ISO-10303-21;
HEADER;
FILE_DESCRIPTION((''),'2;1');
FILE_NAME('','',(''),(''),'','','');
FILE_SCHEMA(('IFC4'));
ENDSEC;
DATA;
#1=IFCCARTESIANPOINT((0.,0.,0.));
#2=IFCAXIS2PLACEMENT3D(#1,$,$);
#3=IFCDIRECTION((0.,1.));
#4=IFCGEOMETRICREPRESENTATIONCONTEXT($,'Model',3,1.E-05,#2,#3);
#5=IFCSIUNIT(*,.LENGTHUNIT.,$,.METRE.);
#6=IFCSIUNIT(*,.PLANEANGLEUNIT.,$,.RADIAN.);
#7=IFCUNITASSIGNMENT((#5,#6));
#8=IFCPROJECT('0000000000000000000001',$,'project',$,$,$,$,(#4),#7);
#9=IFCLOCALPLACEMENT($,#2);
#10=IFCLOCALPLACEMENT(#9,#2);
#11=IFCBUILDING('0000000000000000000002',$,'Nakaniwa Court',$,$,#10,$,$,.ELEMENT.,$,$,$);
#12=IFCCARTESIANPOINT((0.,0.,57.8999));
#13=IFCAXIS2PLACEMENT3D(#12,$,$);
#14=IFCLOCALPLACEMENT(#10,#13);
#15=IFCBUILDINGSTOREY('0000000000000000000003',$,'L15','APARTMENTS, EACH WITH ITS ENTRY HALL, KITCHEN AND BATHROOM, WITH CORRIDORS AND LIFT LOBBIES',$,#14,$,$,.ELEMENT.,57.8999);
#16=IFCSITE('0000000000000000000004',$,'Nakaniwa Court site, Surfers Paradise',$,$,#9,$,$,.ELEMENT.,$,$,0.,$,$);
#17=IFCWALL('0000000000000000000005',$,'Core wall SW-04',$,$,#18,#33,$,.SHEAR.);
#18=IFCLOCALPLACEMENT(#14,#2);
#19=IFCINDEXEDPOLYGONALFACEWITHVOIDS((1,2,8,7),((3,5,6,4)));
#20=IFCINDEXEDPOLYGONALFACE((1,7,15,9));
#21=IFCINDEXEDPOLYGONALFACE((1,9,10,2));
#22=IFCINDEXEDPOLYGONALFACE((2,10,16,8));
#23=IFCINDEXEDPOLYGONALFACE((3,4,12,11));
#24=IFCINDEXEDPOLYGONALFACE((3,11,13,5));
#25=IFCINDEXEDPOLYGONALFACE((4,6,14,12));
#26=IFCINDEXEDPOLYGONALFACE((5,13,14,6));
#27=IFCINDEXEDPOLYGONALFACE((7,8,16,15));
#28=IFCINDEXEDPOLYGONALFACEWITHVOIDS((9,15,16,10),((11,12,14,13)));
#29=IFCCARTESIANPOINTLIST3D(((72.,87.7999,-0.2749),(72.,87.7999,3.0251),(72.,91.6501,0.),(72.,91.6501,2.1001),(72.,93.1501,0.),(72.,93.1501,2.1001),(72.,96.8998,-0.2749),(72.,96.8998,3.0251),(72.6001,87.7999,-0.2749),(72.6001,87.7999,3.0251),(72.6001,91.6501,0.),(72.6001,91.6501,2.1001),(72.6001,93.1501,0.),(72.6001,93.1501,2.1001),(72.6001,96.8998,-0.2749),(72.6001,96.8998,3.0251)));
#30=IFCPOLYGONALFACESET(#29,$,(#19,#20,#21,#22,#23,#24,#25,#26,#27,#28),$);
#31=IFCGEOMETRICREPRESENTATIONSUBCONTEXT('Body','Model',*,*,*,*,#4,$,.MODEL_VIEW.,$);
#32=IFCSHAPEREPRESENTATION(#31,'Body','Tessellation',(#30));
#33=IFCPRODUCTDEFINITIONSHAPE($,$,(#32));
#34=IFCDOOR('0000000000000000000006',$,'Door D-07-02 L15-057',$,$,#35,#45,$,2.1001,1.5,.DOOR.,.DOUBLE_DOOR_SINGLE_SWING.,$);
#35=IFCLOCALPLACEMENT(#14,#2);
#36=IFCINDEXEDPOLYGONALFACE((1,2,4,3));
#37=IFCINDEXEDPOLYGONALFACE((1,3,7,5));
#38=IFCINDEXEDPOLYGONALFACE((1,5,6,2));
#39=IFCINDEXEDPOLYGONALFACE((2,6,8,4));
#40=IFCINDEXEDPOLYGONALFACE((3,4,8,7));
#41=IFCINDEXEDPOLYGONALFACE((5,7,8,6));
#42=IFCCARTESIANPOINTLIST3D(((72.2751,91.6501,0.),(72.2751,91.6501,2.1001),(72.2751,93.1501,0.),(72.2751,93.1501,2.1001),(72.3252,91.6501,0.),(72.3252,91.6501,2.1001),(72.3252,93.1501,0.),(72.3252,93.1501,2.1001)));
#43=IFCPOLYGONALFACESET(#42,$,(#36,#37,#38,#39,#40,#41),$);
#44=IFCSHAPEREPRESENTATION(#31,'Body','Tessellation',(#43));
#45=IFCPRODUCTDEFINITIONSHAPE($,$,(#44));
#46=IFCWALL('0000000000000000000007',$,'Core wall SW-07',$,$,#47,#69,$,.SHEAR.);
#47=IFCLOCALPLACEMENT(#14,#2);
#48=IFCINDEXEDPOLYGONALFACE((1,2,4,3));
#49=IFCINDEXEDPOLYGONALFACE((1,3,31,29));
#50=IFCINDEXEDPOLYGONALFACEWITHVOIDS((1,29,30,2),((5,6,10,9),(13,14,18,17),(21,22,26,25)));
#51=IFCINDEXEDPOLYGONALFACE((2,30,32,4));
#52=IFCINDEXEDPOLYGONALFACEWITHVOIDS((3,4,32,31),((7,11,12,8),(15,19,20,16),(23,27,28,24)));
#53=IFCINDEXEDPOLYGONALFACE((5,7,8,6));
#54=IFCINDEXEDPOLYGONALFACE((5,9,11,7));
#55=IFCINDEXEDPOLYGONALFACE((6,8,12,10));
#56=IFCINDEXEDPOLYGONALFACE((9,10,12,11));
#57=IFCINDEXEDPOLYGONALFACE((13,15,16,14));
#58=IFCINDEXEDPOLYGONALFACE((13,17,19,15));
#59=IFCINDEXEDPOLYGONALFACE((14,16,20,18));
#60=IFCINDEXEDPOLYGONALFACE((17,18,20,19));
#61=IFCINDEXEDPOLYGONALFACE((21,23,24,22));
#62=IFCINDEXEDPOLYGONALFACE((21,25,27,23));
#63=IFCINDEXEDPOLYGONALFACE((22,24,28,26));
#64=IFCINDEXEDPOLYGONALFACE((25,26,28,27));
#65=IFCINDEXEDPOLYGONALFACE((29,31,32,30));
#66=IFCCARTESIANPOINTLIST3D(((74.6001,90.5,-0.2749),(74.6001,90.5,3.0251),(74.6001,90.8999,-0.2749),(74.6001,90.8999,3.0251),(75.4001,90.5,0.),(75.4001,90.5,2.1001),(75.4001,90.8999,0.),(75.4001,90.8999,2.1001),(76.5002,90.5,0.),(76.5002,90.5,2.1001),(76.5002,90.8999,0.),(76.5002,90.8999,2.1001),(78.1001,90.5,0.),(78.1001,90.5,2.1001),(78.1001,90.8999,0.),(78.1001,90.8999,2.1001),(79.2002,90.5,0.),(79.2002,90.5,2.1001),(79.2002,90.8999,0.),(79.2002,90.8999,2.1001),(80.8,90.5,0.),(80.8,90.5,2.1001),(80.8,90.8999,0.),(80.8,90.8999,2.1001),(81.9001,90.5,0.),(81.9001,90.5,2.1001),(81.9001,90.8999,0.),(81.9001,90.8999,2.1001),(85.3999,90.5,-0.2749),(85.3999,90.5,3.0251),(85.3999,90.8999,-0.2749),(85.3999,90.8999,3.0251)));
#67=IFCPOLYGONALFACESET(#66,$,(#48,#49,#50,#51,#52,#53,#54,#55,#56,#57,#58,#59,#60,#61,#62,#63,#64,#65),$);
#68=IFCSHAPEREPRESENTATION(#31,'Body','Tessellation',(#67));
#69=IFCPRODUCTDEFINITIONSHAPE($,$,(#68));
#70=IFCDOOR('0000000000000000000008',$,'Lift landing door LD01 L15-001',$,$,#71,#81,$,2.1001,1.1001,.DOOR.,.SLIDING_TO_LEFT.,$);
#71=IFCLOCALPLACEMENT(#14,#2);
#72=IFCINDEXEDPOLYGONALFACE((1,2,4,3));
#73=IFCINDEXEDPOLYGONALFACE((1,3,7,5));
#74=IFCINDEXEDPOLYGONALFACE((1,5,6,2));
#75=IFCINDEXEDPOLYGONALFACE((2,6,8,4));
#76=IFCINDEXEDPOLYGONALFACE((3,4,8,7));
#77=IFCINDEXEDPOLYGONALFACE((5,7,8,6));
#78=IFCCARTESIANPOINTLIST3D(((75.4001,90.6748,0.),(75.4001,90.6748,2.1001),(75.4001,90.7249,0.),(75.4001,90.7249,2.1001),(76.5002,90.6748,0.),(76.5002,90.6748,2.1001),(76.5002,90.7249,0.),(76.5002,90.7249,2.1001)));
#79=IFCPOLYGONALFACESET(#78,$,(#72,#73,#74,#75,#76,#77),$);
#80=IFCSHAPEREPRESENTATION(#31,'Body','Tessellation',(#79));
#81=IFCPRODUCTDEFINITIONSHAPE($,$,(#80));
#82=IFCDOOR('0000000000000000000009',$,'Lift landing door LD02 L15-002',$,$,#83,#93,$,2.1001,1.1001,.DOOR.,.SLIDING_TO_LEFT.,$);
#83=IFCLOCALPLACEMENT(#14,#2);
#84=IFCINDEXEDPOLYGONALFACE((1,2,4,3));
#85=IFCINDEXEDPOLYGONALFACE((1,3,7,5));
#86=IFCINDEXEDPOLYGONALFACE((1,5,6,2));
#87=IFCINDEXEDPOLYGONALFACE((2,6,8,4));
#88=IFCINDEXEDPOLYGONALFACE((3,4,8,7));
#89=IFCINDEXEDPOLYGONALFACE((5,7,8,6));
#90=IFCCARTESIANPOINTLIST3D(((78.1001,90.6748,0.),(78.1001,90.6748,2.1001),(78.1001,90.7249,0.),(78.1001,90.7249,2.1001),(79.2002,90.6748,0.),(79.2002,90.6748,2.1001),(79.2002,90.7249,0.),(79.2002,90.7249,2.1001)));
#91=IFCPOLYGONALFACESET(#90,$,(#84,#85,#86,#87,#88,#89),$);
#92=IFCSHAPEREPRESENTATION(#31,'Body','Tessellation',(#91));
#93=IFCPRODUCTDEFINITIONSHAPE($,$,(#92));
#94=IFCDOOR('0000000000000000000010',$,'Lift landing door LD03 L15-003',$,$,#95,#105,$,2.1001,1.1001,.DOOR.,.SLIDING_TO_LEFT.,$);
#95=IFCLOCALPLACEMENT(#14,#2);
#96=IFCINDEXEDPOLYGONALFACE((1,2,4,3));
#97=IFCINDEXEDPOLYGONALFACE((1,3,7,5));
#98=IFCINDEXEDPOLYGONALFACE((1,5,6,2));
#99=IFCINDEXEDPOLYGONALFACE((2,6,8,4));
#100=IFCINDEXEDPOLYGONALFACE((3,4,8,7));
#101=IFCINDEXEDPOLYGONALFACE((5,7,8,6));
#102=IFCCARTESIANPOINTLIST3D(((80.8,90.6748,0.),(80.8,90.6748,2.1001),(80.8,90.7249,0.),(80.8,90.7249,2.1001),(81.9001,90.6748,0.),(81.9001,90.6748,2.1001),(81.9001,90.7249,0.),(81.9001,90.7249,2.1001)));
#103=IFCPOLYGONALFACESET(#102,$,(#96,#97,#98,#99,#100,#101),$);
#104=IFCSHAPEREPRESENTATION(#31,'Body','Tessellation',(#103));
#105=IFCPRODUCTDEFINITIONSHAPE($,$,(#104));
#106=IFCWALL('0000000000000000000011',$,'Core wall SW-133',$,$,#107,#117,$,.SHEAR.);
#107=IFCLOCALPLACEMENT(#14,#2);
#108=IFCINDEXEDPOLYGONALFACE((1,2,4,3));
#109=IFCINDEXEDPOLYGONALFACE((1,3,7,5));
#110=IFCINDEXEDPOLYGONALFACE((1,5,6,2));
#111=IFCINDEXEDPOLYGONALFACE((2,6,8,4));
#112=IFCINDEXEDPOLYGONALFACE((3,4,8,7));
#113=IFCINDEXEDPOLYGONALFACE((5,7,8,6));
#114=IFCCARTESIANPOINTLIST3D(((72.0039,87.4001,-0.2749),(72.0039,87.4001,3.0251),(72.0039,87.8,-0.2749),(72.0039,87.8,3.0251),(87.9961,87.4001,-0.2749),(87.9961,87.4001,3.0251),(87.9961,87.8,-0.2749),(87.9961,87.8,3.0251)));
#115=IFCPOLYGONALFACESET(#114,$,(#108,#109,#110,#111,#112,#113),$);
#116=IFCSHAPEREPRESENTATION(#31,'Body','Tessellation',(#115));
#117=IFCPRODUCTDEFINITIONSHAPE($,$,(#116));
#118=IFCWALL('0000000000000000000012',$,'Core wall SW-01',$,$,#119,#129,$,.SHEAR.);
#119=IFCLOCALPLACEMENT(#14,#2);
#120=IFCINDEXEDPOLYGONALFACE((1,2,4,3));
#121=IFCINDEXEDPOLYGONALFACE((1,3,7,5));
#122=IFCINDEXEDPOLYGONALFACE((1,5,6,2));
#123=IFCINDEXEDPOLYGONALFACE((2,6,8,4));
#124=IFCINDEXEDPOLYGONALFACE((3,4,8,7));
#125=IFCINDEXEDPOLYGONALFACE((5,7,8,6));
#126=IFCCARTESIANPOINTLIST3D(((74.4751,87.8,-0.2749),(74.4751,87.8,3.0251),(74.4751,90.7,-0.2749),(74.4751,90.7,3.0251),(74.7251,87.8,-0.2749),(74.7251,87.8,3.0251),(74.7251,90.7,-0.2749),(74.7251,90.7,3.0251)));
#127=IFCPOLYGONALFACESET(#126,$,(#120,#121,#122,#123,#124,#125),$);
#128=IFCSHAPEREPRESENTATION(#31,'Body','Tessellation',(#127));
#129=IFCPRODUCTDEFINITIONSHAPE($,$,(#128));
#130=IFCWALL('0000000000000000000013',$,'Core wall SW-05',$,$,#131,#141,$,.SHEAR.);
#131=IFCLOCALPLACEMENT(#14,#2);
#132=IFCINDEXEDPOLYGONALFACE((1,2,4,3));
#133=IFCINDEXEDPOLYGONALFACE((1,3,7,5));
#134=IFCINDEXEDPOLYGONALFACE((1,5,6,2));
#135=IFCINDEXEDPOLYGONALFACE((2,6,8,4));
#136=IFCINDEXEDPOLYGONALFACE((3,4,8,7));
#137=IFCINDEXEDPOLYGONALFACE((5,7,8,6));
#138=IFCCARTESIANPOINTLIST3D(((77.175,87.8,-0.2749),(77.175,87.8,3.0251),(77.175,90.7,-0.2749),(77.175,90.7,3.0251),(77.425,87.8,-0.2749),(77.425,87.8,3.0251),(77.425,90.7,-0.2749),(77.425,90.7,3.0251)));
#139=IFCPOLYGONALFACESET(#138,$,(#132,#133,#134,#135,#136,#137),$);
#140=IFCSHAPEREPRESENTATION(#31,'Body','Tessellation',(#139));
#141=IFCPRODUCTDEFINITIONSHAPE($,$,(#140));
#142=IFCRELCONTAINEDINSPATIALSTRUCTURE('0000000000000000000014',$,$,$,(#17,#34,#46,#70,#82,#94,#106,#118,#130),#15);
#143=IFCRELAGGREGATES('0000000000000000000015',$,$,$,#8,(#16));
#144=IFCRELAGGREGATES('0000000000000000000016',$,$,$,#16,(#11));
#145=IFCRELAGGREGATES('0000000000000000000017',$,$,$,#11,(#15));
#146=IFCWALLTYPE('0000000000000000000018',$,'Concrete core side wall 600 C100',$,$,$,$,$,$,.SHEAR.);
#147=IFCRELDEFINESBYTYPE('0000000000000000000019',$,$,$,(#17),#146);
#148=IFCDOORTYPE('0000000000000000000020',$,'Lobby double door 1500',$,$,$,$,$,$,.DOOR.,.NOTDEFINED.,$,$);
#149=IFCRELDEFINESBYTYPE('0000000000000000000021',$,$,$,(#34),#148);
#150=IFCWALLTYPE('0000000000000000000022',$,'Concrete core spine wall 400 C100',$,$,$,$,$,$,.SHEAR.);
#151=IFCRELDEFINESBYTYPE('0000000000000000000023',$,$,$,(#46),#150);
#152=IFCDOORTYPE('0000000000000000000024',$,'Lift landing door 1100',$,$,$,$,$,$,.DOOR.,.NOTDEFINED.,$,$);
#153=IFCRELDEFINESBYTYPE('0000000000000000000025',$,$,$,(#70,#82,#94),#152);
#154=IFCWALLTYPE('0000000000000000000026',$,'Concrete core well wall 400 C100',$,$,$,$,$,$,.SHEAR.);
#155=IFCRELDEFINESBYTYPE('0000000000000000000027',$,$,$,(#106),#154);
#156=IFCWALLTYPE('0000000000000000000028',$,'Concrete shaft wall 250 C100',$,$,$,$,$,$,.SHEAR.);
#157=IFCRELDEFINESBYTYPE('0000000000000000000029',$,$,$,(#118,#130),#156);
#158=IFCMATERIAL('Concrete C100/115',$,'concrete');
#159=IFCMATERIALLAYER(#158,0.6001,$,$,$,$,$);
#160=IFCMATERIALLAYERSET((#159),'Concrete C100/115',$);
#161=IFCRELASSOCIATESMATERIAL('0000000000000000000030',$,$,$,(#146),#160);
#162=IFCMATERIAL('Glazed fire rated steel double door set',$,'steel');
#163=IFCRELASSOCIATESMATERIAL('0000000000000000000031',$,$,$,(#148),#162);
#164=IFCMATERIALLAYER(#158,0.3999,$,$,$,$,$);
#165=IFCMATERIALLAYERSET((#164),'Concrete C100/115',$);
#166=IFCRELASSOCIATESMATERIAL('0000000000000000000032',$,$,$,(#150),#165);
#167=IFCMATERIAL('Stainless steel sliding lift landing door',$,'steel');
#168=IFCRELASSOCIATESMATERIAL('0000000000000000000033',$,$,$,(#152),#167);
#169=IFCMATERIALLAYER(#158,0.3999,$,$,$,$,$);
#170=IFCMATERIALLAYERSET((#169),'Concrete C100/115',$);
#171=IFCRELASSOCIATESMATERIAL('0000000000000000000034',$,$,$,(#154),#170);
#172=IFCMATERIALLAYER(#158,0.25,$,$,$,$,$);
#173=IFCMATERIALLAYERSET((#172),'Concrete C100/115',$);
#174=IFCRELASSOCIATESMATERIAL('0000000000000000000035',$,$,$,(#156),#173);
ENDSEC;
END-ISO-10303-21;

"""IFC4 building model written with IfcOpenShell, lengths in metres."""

from ifc_helpers import new_model, si_unit, direction, frame, frame_2d, origin, place, context, subcontext, project, spatial, rectangle, extrude, material, layer, layer_set, type_object, element, fill, save


model = new_model("IFC4")

# Units and contexts
model_context = context("Model", 3, precision=1e-05, world=origin(), true_north=direction((0.0, 1.0)))
body_context = subcontext(model_context, "Body", "Model", "MODEL_VIEW")
ifc_project = project(units=[si_unit("LENGTHUNIT", "METRE"), si_unit("PLANEANGLEUNIT", "RADIAN")], contexts=[model_context])

# Site, building, storey
site_placement = place(None, origin())
site = spatial("IfcSite", under=ifc_project, at=site_placement, Name="Nakaniwa Court site, Surfers Paradise", CompositionType="ELEMENT", RefElevation=0.0)
building_placement = place(site_placement, origin())
building = spatial("IfcBuilding", under=site, at=building_placement, Name="Nakaniwa Court", CompositionType="ELEMENT")
storey_placement = place(building_placement, frame((0.0, 0.0, 57.8999)))
storey = spatial("IfcBuildingStorey", under=building, at=storey_placement, Name="L15", Description="APARTMENTS, EACH WITH ITS ENTRY HALL, KITCHEN AND BATHROOM, WITH CORRIDORS AND LIFT LOBBIES", CompositionType="ELEMENT", Elevation=57.8999)

# Shared definitions
ifc_material_1 = material(Name="Concrete C100/115", Category="concrete")

# Wall, opening, door
ifc_layer_1 = layer(ifc_material_1, 0.6001)
ifc_layer_set_1 = layer_set([ifc_layer_1], Name="Concrete C100/115")
wall_type_1 = type_object("IfcWallType", Name="Concrete core side wall 600 C100", PredefinedType="SHEAR", material=ifc_layer_set_1)
wall_1_placement = place(storey_placement, frame((72.3, 87.8, -0.2749), z_axis=(0.0, 0.0, 1.0), x_axis=(0.0, 1.0, 0.0)))
wall_1 = element("IfcWall", 1, at=wall_1_placement, inside=storey, type_object=wall_type_1, Name="Core wall SW-04", PredefinedType="SHEAR", context=body_context, shape_type="SweptSolid", body=[
    extrude(rectangle(XDim=9.0999, YDim=0.6001, at=frame_2d((4.5498, 0.0))), origin(), (0.0, 0.0, 1.0), 3.3),
])
opening_1_placement = place(wall_1_placement, frame((3.8501, 0.0, 0.2749)))
opening_1 = element("IfcOpeningElement", 2, at=opening_1_placement, cuts=wall_1, PredefinedType="OPENING", context=body_context, shape_type="SweptSolid", body=[
    extrude(rectangle(XDim=1.5, YDim=2.1001, at=frame_2d((0.75, 1.05))), frame((0.0, 0.3101, 0.0), z_axis=(0.0, -1.0, 0.0), x_axis=(1.0, 0.0, 0.0)), (0.0, 0.0, 1.0), 0.6201),
])
ifc_material_2 = material(Name="Glazed fire rated steel double door set", Category="steel")
door_type_1 = type_object("IfcDoorType", Name="Lobby double door 1500", OperationType="NOTDEFINED", PredefinedType="DOOR", material=ifc_material_2)
door_1_placement = place(opening_1_placement, origin())
door_1 = element("IfcDoor", 3, at=door_1_placement, inside=storey, type_object=door_type_1, Name="Door D-07-02 L15-057", OperationType="DOUBLE_DOOR_SINGLE_SWING", OverallHeight=2.1001, OverallWidth=1.5, PredefinedType="DOOR", context=body_context, shape_type="SweptSolid", body=[
    extrude(rectangle(XDim=1.5, YDim=2.1001, at=frame_2d((0.75, 1.05))), frame((0.0, 0.0249, 0.0), z_axis=(0.0, -1.0, 0.0), x_axis=(1.0, 0.0, 0.0)), (0.0, 0.0, 1.0), 0.05),
])
fill(opening_1, door_1)

# Wall, openings, doors
ifc_layer_2 = layer(ifc_material_1, 0.3999)
ifc_layer_set_2 = layer_set([ifc_layer_2], Name="Concrete C100/115")
wall_type_2 = type_object("IfcWallType", Name="Concrete core spine wall 400 C100", PredefinedType="SHEAR", material=ifc_layer_set_2)
wall_2_placement = place(storey_placement, frame((74.6001, 90.7, -0.2749), z_axis=(0.0, 0.0, 1.0), x_axis=(1.0, 0.0, 0.0)))
wall_2 = element("IfcWall", 4, at=wall_2_placement, inside=storey, type_object=wall_type_2, Name="Core wall SW-07", PredefinedType="SHEAR", context=body_context, shape_type="SweptSolid", body=[
    extrude(rectangle(XDim=10.7998, YDim=0.3999, at=frame_2d((5.3999, 0.0))), origin(), (0.0, 0.0, 1.0), 3.3),
])
opening_2_placement = place(wall_2_placement, frame((0.8, 0.0, 0.2749)))
opening_2 = element("IfcOpeningElement", 5, at=opening_2_placement, cuts=wall_2, PredefinedType="OPENING", context=body_context, shape_type="SweptSolid", body=[
    extrude(rectangle(XDim=1.1001, YDim=2.1001, at=frame_2d((0.55, 1.05))), frame((0.0, 0.21, 0.0), z_axis=(0.0, -1.0, 0.0), x_axis=(1.0, 0.0, 0.0)), (0.0, 0.0, 1.0), 0.4199),
])
opening_3_placement = place(wall_2_placement, frame((3.5, 0.0, 0.2749)))
opening_3 = element("IfcOpeningElement", 6, at=opening_3_placement, cuts=wall_2, PredefinedType="OPENING", context=body_context, shape_type="SweptSolid", body=[
    extrude(rectangle(XDim=1.1001, YDim=2.1001, at=frame_2d((0.55, 1.05))), frame((0.0, 0.21, 0.0), z_axis=(0.0, -1.0, 0.0), x_axis=(1.0, 0.0, 0.0)), (0.0, 0.0, 1.0), 0.4199),
])
opening_4_placement = place(wall_2_placement, frame((6.2, 0.0, 0.2749)))
opening_4 = element("IfcOpeningElement", 7, at=opening_4_placement, cuts=wall_2, PredefinedType="OPENING", context=body_context, shape_type="SweptSolid", body=[
    extrude(rectangle(XDim=1.1001, YDim=2.1001, at=frame_2d((0.55, 1.05))), frame((0.0, 0.21, 0.0), z_axis=(0.0, -1.0, 0.0), x_axis=(1.0, 0.0, 0.0)), (0.0, 0.0, 1.0), 0.4199),
])
ifc_material_3 = material(Name="Stainless steel sliding lift landing door", Category="steel")
door_type_2 = type_object("IfcDoorType", Name="Lift landing door 1100", OperationType="NOTDEFINED", PredefinedType="DOOR", material=ifc_material_3)
door_2_placement = place(opening_2_placement, origin())
door_2 = element("IfcDoor", 8, at=door_2_placement, inside=storey, type_object=door_type_2, Name="Lift landing door LD01 L15-001", OperationType="SLIDING_TO_LEFT", OverallHeight=2.1001, OverallWidth=1.1001, PredefinedType="DOOR", context=body_context, shape_type="SweptSolid", body=[
    extrude(rectangle(XDim=1.1001, YDim=2.1001, at=frame_2d((0.55, 1.05))), frame((0.0, 0.0249, 0.0), z_axis=(0.0, -1.0, 0.0), x_axis=(1.0, 0.0, 0.0)), (0.0, 0.0, 1.0), 0.05),
])
fill(opening_2, door_2)
door_3_placement = place(opening_3_placement, origin())
door_3 = element("IfcDoor", 9, at=door_3_placement, inside=storey, type_object=door_type_2, Name="Lift landing door LD02 L15-002", OperationType="SLIDING_TO_LEFT", OverallHeight=2.1001, OverallWidth=1.1001, PredefinedType="DOOR", context=body_context, shape_type="SweptSolid", body=[
    extrude(rectangle(XDim=1.1001, YDim=2.1001, at=frame_2d((0.55, 1.05))), frame((0.0, 0.0249, 0.0), z_axis=(0.0, -1.0, 0.0), x_axis=(1.0, 0.0, 0.0)), (0.0, 0.0, 1.0), 0.05),
])
fill(opening_3, door_3)
door_4_placement = place(opening_4_placement, origin())
door_4 = element("IfcDoor", 10, at=door_4_placement, inside=storey, type_object=door_type_2, Name="Lift landing door LD03 L15-003", OperationType="SLIDING_TO_LEFT", OverallHeight=2.1001, OverallWidth=1.1001, PredefinedType="DOOR", context=body_context, shape_type="SweptSolid", body=[
    extrude(rectangle(XDim=1.1001, YDim=2.1001, at=frame_2d((0.55, 1.05))), frame((0.0, 0.0249, 0.0), z_axis=(0.0, -1.0, 0.0), x_axis=(1.0, 0.0, 0.0)), (0.0, 0.0, 1.0), 0.05),
])
fill(opening_4, door_4)

# Walls
ifc_layer_3 = layer(ifc_material_1, 0.3999)
ifc_layer_set_3 = layer_set([ifc_layer_3], Name="Concrete C100/115")
wall_type_3 = type_object("IfcWallType", Name="Concrete core well wall 400 C100", PredefinedType="SHEAR", material=ifc_layer_set_3)
wall_3_placement = place(storey_placement, frame((72.0039, 87.6001, -0.2749), z_axis=(0.0, 0.0, 1.0), x_axis=(1.0, 0.0, 0.0)))
element("IfcWall", 11, at=wall_3_placement, inside=storey, type_object=wall_type_3, Name="Core wall SW-133", PredefinedType="SHEAR", context=body_context, shape_type="SweptSolid", body=[
    extrude(rectangle(XDim=15.9922, YDim=0.3999, at=frame_2d((7.9961, 0.0))), origin(), (0.0, 0.0, 1.0), 3.3),
])
ifc_layer_4 = layer(ifc_material_1, 0.25)
ifc_layer_set_4 = layer_set([ifc_layer_4], Name="Concrete C100/115")
wall_type_4 = type_object("IfcWallType", Name="Concrete shaft wall 250 C100", PredefinedType="SHEAR", material=ifc_layer_set_4)
for number, where, z_axis, x_axis, name in (
    (12, (74.6001, 87.8, -0.2749), (0.0, 0.0, 1.0), (0.0, 1.0, 0.0), "Core wall SW-01"),
    (13, (77.3, 87.8, -0.2749), (0.0, 0.0, 1.0), (0.0, 1.0, 0.0), "Core wall SW-05"),
):
    element("IfcWall", number, at=place(storey_placement, frame(where, z_axis=z_axis, x_axis=x_axis)), inside=storey, type_object=wall_type_4, Name=name, PredefinedType="SHEAR", context=body_context, shape_type="SweptSolid", body=[
        extrude(rectangle(XDim=2.8999, YDim=0.25, at=frame_2d((1.45, 0.0))), origin(), (0.0, 0.0, 1.0), 3.3),
    ])

save(model, "model.ifc")
